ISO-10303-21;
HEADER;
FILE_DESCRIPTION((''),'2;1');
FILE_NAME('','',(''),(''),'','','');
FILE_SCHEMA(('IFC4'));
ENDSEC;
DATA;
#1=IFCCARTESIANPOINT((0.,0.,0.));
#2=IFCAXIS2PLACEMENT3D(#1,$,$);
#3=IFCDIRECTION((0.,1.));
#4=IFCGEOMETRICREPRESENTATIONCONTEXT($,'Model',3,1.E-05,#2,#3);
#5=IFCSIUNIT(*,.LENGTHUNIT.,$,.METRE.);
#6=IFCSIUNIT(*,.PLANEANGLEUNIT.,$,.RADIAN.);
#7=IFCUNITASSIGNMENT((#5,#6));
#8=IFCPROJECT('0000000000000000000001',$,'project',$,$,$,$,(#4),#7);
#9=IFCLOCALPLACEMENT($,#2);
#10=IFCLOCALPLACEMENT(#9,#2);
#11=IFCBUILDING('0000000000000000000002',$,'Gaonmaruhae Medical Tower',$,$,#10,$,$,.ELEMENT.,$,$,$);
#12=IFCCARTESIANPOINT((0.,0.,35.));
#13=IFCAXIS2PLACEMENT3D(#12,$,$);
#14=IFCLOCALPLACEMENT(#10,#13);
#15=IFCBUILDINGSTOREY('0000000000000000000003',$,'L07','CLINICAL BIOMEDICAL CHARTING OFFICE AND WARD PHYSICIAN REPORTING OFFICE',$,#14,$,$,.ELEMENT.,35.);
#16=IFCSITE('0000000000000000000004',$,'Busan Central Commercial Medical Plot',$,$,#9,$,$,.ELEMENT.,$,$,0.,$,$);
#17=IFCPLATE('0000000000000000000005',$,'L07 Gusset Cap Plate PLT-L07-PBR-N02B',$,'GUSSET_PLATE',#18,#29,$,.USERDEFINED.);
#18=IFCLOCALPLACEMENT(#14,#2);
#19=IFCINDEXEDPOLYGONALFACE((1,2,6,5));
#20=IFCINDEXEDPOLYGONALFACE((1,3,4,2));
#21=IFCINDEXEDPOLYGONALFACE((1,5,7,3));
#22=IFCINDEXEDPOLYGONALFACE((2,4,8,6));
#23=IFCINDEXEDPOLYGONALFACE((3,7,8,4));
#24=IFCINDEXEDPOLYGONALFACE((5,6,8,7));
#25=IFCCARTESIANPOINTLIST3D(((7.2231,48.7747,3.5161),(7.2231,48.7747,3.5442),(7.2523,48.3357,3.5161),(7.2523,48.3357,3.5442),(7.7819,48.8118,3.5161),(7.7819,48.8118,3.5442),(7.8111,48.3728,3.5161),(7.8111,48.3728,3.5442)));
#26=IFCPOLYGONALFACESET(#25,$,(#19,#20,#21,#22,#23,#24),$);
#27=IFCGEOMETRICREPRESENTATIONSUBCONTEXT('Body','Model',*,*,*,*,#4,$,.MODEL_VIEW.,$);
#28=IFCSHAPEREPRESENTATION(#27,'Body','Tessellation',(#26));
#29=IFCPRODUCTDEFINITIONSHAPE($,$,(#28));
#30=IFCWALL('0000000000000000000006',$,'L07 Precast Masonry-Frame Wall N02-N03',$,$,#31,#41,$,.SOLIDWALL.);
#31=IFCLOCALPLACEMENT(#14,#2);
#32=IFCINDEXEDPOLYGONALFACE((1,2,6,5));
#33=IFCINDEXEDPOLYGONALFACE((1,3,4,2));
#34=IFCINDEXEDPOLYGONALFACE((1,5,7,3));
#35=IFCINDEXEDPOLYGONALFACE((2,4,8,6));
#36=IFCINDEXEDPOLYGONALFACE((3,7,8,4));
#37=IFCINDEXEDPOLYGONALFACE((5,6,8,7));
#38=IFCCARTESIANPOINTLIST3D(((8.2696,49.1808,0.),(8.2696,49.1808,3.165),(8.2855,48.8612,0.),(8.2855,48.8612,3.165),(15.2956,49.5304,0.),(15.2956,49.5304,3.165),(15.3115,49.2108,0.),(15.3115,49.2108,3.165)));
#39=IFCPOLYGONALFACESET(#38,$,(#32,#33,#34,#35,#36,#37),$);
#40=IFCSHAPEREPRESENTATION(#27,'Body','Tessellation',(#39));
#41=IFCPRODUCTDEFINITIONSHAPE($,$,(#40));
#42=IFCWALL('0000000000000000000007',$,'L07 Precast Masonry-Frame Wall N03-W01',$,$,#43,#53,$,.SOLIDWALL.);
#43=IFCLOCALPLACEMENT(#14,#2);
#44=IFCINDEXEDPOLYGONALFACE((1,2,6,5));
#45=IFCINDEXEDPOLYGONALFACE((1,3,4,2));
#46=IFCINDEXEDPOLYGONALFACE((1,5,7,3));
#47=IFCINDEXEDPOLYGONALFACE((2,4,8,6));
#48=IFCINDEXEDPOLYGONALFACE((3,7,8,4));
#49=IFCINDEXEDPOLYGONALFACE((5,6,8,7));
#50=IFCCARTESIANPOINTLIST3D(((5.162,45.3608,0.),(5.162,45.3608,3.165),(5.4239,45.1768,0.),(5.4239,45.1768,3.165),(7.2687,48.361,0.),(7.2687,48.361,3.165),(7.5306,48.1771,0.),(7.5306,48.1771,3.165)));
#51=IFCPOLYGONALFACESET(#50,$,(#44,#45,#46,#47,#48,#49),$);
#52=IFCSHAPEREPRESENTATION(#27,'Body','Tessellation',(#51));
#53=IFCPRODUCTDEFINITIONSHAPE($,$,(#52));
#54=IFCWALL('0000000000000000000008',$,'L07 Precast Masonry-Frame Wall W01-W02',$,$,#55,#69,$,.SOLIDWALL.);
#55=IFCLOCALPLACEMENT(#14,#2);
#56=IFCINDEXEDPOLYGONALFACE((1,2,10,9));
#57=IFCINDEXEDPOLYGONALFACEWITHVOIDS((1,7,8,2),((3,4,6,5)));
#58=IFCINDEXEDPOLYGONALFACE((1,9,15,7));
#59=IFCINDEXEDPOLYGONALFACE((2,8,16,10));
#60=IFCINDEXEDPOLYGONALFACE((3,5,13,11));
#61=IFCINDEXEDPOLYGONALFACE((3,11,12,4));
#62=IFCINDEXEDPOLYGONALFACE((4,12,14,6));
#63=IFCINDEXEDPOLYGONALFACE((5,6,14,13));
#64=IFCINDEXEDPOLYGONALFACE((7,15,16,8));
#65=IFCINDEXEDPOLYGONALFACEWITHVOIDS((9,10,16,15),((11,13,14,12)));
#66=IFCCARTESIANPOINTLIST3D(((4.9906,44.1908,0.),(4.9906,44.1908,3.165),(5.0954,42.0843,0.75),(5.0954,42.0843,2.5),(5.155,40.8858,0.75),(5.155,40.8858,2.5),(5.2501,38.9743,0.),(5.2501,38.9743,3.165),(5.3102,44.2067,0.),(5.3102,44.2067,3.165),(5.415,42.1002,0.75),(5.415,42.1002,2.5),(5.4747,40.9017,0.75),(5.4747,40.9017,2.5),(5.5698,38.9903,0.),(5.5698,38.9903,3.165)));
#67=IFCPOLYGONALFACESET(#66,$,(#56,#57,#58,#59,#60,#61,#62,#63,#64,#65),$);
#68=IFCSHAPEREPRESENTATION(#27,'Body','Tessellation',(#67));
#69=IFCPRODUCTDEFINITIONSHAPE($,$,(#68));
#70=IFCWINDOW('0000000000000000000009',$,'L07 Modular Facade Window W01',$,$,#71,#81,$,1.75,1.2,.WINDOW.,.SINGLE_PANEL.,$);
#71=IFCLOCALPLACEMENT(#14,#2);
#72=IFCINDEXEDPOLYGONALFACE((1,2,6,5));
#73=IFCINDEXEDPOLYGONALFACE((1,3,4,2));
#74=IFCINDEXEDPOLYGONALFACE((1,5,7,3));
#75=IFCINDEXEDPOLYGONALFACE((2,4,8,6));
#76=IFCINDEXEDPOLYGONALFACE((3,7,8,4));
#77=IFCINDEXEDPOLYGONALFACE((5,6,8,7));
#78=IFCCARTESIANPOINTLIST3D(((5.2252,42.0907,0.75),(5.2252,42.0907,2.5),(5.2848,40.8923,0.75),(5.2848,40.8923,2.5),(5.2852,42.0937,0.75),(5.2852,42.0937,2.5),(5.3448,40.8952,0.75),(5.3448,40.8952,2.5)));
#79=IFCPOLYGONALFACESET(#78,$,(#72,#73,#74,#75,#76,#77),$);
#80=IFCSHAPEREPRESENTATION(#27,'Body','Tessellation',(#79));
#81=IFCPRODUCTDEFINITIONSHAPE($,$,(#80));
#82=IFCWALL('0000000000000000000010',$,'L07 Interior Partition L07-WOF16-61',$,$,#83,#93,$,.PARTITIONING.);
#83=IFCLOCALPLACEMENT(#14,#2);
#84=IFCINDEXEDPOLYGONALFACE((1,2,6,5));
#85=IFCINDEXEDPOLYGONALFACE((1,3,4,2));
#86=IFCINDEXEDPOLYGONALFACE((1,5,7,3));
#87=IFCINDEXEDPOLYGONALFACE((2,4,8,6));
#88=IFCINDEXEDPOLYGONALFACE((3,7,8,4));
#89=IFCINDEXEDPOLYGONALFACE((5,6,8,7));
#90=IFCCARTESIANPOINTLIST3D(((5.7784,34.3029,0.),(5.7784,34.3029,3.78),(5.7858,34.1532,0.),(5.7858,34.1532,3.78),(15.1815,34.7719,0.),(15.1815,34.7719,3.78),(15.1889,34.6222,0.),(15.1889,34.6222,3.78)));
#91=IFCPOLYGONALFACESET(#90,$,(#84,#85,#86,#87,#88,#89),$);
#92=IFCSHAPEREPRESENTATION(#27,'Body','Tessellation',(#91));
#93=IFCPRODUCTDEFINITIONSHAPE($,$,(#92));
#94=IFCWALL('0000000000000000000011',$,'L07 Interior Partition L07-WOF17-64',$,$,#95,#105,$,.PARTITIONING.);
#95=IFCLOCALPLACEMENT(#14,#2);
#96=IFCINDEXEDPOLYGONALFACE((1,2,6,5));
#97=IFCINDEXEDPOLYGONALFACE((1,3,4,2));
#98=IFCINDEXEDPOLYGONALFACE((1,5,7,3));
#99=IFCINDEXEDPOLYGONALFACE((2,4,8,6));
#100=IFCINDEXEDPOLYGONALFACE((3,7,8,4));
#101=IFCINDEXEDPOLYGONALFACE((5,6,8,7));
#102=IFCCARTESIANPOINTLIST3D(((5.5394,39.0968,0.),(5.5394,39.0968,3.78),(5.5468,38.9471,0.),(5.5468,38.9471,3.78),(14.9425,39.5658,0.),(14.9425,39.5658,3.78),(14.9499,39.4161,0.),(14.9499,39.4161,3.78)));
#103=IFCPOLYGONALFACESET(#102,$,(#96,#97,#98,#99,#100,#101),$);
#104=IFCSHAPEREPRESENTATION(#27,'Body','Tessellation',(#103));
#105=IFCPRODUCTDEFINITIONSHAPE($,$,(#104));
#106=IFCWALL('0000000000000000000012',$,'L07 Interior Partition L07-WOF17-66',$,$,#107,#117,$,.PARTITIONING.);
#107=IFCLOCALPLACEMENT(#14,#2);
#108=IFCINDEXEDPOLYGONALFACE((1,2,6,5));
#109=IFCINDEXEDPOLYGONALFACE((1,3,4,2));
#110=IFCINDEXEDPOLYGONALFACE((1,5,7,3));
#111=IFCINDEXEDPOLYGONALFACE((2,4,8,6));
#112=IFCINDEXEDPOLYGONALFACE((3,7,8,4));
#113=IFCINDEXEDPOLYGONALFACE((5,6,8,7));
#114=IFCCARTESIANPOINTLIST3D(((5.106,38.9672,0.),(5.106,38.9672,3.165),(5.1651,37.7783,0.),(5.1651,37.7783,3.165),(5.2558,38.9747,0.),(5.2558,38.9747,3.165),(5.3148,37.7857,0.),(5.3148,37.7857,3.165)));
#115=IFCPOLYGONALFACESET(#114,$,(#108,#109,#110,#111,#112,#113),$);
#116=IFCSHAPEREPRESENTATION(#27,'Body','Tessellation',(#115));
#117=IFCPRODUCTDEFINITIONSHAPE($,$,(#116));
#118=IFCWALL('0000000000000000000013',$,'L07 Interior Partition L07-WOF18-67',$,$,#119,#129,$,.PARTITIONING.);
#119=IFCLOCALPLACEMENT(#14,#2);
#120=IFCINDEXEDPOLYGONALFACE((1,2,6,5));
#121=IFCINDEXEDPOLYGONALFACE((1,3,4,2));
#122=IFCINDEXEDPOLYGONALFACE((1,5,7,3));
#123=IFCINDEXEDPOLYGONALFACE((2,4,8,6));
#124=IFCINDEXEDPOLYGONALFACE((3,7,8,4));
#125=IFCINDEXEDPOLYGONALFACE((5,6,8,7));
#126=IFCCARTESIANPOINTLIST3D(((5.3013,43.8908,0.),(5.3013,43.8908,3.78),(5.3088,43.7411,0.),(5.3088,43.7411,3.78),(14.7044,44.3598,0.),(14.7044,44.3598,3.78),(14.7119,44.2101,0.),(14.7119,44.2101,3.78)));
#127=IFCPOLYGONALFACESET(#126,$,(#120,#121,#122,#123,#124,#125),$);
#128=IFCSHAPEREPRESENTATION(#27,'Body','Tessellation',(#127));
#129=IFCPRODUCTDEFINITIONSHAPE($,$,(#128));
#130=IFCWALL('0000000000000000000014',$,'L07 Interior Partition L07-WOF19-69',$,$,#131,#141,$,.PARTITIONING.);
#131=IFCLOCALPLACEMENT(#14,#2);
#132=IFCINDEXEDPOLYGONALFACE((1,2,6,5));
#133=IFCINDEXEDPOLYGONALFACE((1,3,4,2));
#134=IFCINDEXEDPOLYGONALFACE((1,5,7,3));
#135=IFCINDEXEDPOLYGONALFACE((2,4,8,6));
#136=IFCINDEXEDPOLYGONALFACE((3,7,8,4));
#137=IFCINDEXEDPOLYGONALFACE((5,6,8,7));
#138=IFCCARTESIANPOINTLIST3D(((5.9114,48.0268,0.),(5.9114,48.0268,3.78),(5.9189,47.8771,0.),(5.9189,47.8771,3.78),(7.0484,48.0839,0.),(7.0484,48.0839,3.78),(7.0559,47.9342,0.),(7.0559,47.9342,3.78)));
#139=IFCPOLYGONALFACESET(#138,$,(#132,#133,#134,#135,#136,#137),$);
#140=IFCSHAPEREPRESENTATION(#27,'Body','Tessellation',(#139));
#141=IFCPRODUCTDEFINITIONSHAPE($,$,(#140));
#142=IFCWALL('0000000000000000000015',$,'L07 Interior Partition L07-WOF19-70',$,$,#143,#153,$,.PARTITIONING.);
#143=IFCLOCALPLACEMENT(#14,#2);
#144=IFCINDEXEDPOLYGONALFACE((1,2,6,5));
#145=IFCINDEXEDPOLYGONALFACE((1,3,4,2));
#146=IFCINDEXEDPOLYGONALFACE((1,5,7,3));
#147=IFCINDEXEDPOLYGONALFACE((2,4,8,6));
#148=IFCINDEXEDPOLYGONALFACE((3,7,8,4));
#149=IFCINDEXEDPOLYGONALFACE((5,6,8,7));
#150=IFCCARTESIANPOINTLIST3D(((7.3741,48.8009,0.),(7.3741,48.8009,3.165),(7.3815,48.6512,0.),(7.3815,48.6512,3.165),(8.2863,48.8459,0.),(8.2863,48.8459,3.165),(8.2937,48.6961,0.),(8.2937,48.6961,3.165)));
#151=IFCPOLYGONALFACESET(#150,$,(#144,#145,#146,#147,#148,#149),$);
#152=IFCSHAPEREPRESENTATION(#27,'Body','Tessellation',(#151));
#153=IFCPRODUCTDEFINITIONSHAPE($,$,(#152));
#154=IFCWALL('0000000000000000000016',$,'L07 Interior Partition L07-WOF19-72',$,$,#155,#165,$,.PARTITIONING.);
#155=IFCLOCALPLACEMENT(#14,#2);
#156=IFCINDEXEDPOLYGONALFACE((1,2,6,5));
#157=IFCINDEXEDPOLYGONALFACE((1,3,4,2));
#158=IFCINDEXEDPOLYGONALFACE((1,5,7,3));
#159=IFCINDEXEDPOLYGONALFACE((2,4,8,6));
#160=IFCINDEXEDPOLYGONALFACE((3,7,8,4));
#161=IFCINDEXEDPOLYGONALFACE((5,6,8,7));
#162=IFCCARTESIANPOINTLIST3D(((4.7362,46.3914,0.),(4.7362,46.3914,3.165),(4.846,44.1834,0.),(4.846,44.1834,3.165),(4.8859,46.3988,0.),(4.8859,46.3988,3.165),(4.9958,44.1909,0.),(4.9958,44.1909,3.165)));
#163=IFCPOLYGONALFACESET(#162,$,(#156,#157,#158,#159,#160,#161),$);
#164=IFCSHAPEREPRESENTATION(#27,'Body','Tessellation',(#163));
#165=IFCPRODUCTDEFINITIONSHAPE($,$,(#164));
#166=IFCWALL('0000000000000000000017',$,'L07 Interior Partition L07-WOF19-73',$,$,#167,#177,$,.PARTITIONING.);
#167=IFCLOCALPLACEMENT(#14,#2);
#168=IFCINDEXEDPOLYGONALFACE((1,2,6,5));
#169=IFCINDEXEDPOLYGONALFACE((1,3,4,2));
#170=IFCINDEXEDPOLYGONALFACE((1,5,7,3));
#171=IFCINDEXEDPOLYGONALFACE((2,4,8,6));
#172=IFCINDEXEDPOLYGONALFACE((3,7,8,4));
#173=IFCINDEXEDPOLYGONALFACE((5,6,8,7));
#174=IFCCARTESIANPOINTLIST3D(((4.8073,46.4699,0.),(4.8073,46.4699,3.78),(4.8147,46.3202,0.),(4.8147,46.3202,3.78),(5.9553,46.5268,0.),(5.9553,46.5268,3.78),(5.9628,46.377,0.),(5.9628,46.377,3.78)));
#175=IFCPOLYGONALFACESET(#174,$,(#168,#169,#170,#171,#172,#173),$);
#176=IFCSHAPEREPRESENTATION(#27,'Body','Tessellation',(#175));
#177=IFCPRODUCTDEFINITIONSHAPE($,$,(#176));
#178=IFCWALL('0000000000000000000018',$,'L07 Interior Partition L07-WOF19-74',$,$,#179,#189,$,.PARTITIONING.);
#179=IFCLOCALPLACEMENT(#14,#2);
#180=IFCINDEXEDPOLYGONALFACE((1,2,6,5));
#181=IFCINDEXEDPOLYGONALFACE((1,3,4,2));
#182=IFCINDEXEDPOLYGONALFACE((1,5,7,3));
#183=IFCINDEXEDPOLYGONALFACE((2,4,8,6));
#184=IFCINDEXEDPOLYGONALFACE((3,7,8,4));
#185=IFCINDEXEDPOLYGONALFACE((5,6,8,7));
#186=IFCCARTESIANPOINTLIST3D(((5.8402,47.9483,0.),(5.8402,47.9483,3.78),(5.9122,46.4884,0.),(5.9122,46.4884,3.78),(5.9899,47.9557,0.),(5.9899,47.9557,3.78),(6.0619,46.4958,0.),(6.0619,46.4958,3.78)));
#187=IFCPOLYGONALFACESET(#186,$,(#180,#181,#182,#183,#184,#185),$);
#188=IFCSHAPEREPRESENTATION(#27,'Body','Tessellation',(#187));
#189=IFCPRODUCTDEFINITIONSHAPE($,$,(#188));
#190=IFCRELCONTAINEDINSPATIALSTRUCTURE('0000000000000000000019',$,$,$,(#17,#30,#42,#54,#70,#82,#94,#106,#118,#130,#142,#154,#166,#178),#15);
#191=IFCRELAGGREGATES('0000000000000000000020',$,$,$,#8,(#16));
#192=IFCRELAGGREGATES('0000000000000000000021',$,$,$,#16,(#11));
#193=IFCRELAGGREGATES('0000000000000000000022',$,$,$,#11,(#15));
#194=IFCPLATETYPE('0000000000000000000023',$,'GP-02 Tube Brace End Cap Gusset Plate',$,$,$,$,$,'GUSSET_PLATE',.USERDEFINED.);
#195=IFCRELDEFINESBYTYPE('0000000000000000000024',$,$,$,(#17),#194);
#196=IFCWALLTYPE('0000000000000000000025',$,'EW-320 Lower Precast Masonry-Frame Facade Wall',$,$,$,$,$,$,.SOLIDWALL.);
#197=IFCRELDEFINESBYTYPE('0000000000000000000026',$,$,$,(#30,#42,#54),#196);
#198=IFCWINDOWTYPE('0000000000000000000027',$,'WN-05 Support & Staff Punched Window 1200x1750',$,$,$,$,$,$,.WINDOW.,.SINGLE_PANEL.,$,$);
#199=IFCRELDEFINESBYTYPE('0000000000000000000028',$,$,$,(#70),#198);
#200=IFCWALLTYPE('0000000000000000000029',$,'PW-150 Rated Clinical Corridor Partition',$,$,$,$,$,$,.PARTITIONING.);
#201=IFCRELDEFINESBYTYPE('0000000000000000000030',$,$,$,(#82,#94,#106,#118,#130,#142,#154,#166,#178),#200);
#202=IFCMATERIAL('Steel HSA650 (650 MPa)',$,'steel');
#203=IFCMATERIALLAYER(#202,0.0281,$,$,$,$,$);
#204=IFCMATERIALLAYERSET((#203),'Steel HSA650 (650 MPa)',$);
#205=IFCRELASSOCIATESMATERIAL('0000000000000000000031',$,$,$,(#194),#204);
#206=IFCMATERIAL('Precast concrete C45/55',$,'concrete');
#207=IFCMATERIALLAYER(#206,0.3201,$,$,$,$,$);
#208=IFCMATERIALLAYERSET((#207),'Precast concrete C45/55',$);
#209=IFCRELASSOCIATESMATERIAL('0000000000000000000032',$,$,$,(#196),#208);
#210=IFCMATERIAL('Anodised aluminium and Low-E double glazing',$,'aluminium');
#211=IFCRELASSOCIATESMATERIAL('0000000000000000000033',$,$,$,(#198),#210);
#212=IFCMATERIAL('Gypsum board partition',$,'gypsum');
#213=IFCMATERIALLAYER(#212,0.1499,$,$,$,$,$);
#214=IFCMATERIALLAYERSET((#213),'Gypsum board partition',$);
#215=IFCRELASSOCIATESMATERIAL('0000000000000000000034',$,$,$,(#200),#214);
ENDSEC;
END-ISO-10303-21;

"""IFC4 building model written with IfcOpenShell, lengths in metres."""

from ifc_helpers import new_model, si_unit, direction, frame, frame_2d, origin, origin_2d, place, context, subcontext, project, spatial, rectangle, extrude, material, layer, layer_set, type_object, element, fill, save


model = new_model("IFC4")

# Units and contexts
model_context = context("Model", 3, precision=1e-05, world=origin(), true_north=direction((0.0, 1.0)))
body_context = subcontext(model_context, "Body", "Model", "MODEL_VIEW")
ifc_project = project(units=[si_unit("LENGTHUNIT", "METRE"), si_unit("PLANEANGLEUNIT", "RADIAN")], contexts=[model_context])

# Site, building, storey
site_placement = place(None, origin())
site = spatial("IfcSite", under=ifc_project, at=site_placement, Name="Busan Central Commercial Medical Plot", CompositionType="ELEMENT", RefElevation=0.0)
building_placement = place(site_placement, origin())
building = spatial("IfcBuilding", under=site, at=building_placement, Name="Gaonmaruhae Medical Tower", CompositionType="ELEMENT")
storey_placement = place(building_placement, frame((0.0, 0.0, 35.0)))
storey = spatial("IfcBuildingStorey", under=building, at=storey_placement, Name="L07", Description="CLINICAL BIOMEDICAL CHARTING OFFICE AND WARD PHYSICIAN REPORTING OFFICE", CompositionType="ELEMENT", Elevation=35.0)

# Plate
ifc_material_1 = material(Name="Steel HSA650 (650 MPa)", Category="steel")
ifc_layer_1 = layer(ifc_material_1, 0.0281)
ifc_layer_set_1 = layer_set([ifc_layer_1], Name="Steel HSA650 (650 MPa)")
plate_type = type_object("IfcPlateType", Name="GP-02 Tube Brace End Cap Gusset Plate", ElementType="GUSSET_PLATE", PredefinedType="USERDEFINED", material=ifc_layer_set_1)
plate_placement = place(storey_placement, frame((7.5171, 48.5737, 3.5161), z_axis=(0.0, 0.0, 1.0), x_axis=(0.997801, 0.066274, 0.0)))
element("IfcPlate", 1, at=plate_placement, inside=storey, type_object=plate_type, Name="L07 Gusset Cap Plate PLT-L07-PBR-N02B", ObjectType="GUSSET_PLATE", PredefinedType="USERDEFINED", context=body_context, shape_type="SweptSolid", body=[
    extrude(rectangle(XDim=0.5601, YDim=0.4399, at=origin_2d()), origin(), (0.0, 0.0, 1.0), 0.0281),
])

# Walls
ifc_material_2 = material(Name="Precast concrete C45/55", Category="concrete")
ifc_layer_2 = layer(ifc_material_2, 0.3201)
ifc_layer_set_2 = layer_set([ifc_layer_2], Name="Precast concrete C45/55")
wall_type_1 = type_object("IfcWallType", Name="EW-320 Lower Precast Masonry-Frame Facade Wall", PredefinedType="SOLIDWALL", material=ifc_layer_set_2)
wall_1_placement = place(storey_placement, frame((8.2776, 49.021, 0.0), z_axis=(0.0, 0.0, 1.0), x_axis=(0.998764, 0.049699, 0.0)))
element("IfcWall", 2, at=wall_1_placement, inside=storey, type_object=wall_type_1, Name="L07 Precast Masonry-Frame Wall N02-N03", PredefinedType="SOLIDWALL", context=body_context, shape_type="SweptSolid", body=[
    extrude(rectangle(XDim=7.0347, YDim=0.3201, at=frame_2d((3.5173, 0.0))), origin(), (0.0, 0.0, 1.0), 3.165),
])
wall_2_placement = place(storey_placement, frame((5.293, 45.2688, 0.0), z_axis=(0.0, 0.0, 1.0), x_axis=(0.574655, 0.818396, 0.0)))
element("IfcWall", 3, at=wall_2_placement, inside=storey, type_object=wall_type_1, Name="L07 Precast Masonry-Frame Wall N03-W01", PredefinedType="SOLIDWALL", context=body_context, shape_type="SweptSolid", body=[
    extrude(rectangle(XDim=3.666, YDim=0.3201, at=frame_2d((1.833, 0.0))), origin(), (0.0, 0.0, 1.0), 3.165),
])

# Wall, opening, window
wall_3_placement = place(storey_placement, frame((5.4099, 38.9824, 0.0), z_axis=(0.0, 0.0, 1.0), x_axis=(-0.049688, 0.998765, 0.0)))
wall_3 = element("IfcWall", 4, at=wall_3_placement, inside=storey, type_object=wall_type_1, Name="L07 Precast Masonry-Frame Wall W01-W02", PredefinedType="SOLIDWALL", context=body_context, shape_type="SweptSolid", body=[
    extrude(rectangle(XDim=5.2229, YDim=0.3201, at=frame_2d((2.6113, 0.0))), origin(), (0.0, 0.0, 1.0), 3.165),
])
opening_placement = place(wall_3_placement, frame((1.9136, 0.0, 0.75)))
opening = element("IfcOpeningElement", 5, at=opening_placement, cuts=wall_3, PredefinedType="OPENING", context=body_context, shape_type="SweptSolid", body=[
    extrude(rectangle(XDim=1.2, YDim=1.75, at=frame_2d((0.6001, 0.875))), frame((0.0, 0.1699, 0.0), z_axis=(0.0, -1.0, 0.0), x_axis=(1.0, 0.0, 0.0)), (0.0, 0.0, 1.0), 0.3401),
])
ifc_material_3 = material(Name="Anodised aluminium and Low-E double glazing", Category="aluminium")
window_type = type_object("IfcWindowType", Name="WN-05 Support & Staff Punched Window 1200x1750", PartitioningType="SINGLE_PANEL", PredefinedType="WINDOW", material=ifc_material_3)
window_placement = place(opening_placement, origin())
window = element("IfcWindow", 6, at=window_placement, inside=storey, type_object=window_type, Name="L07 Modular Facade Window W01", OverallHeight=1.75, OverallWidth=1.2, PartitioningType="SINGLE_PANEL", PredefinedType="WINDOW", context=body_context, shape_type="SweptSolid", body=[
    extrude(rectangle(XDim=1.2, YDim=1.75, at=frame_2d((0.6001, 0.875))), frame((0.0, 0.03, 0.0), z_axis=(0.0, -1.0, 0.0), x_axis=(1.0, 0.0, 0.0)), (0.0, 0.0, 1.0), 0.0601),
])
fill(opening, window)

# Walls
ifc_material_4 = material(Name="Gypsum board partition", Category="gypsum")
ifc_layer_3 = layer(ifc_material_4, 0.1499)
ifc_layer_set_3 = layer_set([ifc_layer_3], Name="Gypsum board partition")
wall_type_2 = type_object("IfcWallType", Name="PW-150 Rated Clinical Corridor Partition", PredefinedType="PARTITIONING", material=ifc_layer_set_3)
for number, where, z_axis, x_axis, name in (
    (7, (5.782, 34.228, 0.0), (0.0, 0.0, 1.0), (0.998758, 0.049815, 0.0), "L07 Interior Partition L07-WOF16-61"),
    (8, (5.543, 39.022, 0.0), (0.0, 0.0, 1.0), (0.998758, 0.049815, 0.0), "L07 Interior Partition L07-WOF17-64"),
):
    element("IfcWall", number, at=place(storey_placement, frame(where, z_axis=z_axis, x_axis=x_axis)), inside=storey, type_object=wall_type_2, Name=name, PredefinedType="PARTITIONING", context=body_context, shape_type="SweptSolid", body=[
        extrude(rectangle(XDim=9.4148, YDim=0.1499, at=frame_2d((4.7075, 0.0))), origin(), (0.0, 0.0, 1.0), 3.78),
    ])
wall_4_placement = place(storey_placement, frame((5.24, 37.782, 0.0), z_axis=(0.0, 0.0, 1.0), x_axis=(-0.049631, 0.998768, 0.0)))
element("IfcWall", 9, at=wall_4_placement, inside=storey, type_object=wall_type_2, Name="L07 Interior Partition L07-WOF17-66", PredefinedType="PARTITIONING", context=body_context, shape_type="SweptSolid", body=[
    extrude(rectangle(XDim=1.1904, YDim=0.1499, at=frame_2d((0.5952, 0.0))), origin(), (0.0, 0.0, 1.0), 3.165),
])
wall_5_placement = place(storey_placement, frame((5.3049, 43.8159, 0.0), z_axis=(0.0, 0.0, 1.0), x_axis=(0.998758, 0.049815, 0.0)))
element("IfcWall", 10, at=wall_5_placement, inside=storey, type_object=wall_type_2, Name="L07 Interior Partition L07-WOF18-67", PredefinedType="PARTITIONING", context=body_context, shape_type="SweptSolid", body=[
    extrude(rectangle(XDim=9.4148, YDim=0.1499, at=frame_2d((4.7075, 0.0))), origin(), (0.0, 0.0, 1.0), 3.78),
])
wall_6_placement = place(storey_placement, frame((5.915, 47.9519, 0.0), z_axis=(0.0, 0.0, 1.0), x_axis=(0.99874, 0.050184, 0.0)))
element("IfcWall", 11, at=wall_6_placement, inside=storey, type_object=wall_type_2, Name="L07 Interior Partition L07-WOF19-69", PredefinedType="PARTITIONING", context=body_context, shape_type="SweptSolid", body=[
    extrude(rectangle(XDim=1.1384, YDim=0.1499, at=frame_2d((0.5693, 0.0))), origin(), (0.0, 0.0, 1.0), 3.78),
])
wall_7_placement = place(storey_placement, frame((7.3779, 48.7261, 0.0), z_axis=(0.0, 0.0, 1.0), x_axis=(0.998789, 0.049191, 0.0)))
element("IfcWall", 12, at=wall_7_placement, inside=storey, type_object=wall_type_2, Name="L07 Interior Partition L07-WOF19-70", PredefinedType="PARTITIONING", context=body_context, shape_type="SweptSolid", body=[
    extrude(rectangle(XDim=0.9133, YDim=0.1499, at=frame_2d((0.4565, 0.0))), origin(), (0.0, 0.0, 1.0), 3.165),
])
wall_8_placement = place(storey_placement, frame((4.9209, 44.187, 0.0), z_axis=(0.0, 0.0, 1.0), x_axis=(-0.049695, 0.998764, 0.0)))
element("IfcWall", 13, at=wall_8_placement, inside=storey, type_object=wall_type_2, Name="L07 Interior Partition L07-WOF19-72", PredefinedType="PARTITIONING", context=body_context, shape_type="SweptSolid", body=[
    extrude(rectangle(XDim=2.2107, YDim=0.1499, at=frame_2d((1.1055, 0.0))), origin(), (0.0, 0.0, 1.0), 3.165),
])
wall_9_placement = place(storey_placement, frame((4.811, 46.395, 0.0), z_axis=(0.0, 0.0, 1.0), x_axis=(0.998774, 0.049493, 0.0)))
element("IfcWall", 14, at=wall_9_placement, inside=storey, type_object=wall_type_2, Name="L07 Interior Partition L07-WOF19-73", PredefinedType="PARTITIONING", context=body_context, shape_type="SweptSolid", body=[
    extrude(rectangle(XDim=1.1494, YDim=0.1499, at=frame_2d((0.5747, 0.0))), origin(), (0.0, 0.0, 1.0), 3.78),
])
wall_10_placement = place(storey_placement, frame((5.9871, 46.4919, 0.0), z_axis=(0.0, 0.0, 1.0), x_axis=(-0.049271, 0.998785, 0.0)))
element("IfcWall", 15, at=wall_10_placement, inside=storey, type_object=wall_type_2, Name="L07 Interior Partition L07-WOF19-74", PredefinedType="PARTITIONING", context=body_context, shape_type="SweptSolid", body=[
    extrude(rectangle(XDim=1.4617, YDim=0.1499, at=frame_2d((0.731, 0.0))), origin(), (0.0, 0.0, 1.0), 3.78),
])

save(model, "model.ifc")
